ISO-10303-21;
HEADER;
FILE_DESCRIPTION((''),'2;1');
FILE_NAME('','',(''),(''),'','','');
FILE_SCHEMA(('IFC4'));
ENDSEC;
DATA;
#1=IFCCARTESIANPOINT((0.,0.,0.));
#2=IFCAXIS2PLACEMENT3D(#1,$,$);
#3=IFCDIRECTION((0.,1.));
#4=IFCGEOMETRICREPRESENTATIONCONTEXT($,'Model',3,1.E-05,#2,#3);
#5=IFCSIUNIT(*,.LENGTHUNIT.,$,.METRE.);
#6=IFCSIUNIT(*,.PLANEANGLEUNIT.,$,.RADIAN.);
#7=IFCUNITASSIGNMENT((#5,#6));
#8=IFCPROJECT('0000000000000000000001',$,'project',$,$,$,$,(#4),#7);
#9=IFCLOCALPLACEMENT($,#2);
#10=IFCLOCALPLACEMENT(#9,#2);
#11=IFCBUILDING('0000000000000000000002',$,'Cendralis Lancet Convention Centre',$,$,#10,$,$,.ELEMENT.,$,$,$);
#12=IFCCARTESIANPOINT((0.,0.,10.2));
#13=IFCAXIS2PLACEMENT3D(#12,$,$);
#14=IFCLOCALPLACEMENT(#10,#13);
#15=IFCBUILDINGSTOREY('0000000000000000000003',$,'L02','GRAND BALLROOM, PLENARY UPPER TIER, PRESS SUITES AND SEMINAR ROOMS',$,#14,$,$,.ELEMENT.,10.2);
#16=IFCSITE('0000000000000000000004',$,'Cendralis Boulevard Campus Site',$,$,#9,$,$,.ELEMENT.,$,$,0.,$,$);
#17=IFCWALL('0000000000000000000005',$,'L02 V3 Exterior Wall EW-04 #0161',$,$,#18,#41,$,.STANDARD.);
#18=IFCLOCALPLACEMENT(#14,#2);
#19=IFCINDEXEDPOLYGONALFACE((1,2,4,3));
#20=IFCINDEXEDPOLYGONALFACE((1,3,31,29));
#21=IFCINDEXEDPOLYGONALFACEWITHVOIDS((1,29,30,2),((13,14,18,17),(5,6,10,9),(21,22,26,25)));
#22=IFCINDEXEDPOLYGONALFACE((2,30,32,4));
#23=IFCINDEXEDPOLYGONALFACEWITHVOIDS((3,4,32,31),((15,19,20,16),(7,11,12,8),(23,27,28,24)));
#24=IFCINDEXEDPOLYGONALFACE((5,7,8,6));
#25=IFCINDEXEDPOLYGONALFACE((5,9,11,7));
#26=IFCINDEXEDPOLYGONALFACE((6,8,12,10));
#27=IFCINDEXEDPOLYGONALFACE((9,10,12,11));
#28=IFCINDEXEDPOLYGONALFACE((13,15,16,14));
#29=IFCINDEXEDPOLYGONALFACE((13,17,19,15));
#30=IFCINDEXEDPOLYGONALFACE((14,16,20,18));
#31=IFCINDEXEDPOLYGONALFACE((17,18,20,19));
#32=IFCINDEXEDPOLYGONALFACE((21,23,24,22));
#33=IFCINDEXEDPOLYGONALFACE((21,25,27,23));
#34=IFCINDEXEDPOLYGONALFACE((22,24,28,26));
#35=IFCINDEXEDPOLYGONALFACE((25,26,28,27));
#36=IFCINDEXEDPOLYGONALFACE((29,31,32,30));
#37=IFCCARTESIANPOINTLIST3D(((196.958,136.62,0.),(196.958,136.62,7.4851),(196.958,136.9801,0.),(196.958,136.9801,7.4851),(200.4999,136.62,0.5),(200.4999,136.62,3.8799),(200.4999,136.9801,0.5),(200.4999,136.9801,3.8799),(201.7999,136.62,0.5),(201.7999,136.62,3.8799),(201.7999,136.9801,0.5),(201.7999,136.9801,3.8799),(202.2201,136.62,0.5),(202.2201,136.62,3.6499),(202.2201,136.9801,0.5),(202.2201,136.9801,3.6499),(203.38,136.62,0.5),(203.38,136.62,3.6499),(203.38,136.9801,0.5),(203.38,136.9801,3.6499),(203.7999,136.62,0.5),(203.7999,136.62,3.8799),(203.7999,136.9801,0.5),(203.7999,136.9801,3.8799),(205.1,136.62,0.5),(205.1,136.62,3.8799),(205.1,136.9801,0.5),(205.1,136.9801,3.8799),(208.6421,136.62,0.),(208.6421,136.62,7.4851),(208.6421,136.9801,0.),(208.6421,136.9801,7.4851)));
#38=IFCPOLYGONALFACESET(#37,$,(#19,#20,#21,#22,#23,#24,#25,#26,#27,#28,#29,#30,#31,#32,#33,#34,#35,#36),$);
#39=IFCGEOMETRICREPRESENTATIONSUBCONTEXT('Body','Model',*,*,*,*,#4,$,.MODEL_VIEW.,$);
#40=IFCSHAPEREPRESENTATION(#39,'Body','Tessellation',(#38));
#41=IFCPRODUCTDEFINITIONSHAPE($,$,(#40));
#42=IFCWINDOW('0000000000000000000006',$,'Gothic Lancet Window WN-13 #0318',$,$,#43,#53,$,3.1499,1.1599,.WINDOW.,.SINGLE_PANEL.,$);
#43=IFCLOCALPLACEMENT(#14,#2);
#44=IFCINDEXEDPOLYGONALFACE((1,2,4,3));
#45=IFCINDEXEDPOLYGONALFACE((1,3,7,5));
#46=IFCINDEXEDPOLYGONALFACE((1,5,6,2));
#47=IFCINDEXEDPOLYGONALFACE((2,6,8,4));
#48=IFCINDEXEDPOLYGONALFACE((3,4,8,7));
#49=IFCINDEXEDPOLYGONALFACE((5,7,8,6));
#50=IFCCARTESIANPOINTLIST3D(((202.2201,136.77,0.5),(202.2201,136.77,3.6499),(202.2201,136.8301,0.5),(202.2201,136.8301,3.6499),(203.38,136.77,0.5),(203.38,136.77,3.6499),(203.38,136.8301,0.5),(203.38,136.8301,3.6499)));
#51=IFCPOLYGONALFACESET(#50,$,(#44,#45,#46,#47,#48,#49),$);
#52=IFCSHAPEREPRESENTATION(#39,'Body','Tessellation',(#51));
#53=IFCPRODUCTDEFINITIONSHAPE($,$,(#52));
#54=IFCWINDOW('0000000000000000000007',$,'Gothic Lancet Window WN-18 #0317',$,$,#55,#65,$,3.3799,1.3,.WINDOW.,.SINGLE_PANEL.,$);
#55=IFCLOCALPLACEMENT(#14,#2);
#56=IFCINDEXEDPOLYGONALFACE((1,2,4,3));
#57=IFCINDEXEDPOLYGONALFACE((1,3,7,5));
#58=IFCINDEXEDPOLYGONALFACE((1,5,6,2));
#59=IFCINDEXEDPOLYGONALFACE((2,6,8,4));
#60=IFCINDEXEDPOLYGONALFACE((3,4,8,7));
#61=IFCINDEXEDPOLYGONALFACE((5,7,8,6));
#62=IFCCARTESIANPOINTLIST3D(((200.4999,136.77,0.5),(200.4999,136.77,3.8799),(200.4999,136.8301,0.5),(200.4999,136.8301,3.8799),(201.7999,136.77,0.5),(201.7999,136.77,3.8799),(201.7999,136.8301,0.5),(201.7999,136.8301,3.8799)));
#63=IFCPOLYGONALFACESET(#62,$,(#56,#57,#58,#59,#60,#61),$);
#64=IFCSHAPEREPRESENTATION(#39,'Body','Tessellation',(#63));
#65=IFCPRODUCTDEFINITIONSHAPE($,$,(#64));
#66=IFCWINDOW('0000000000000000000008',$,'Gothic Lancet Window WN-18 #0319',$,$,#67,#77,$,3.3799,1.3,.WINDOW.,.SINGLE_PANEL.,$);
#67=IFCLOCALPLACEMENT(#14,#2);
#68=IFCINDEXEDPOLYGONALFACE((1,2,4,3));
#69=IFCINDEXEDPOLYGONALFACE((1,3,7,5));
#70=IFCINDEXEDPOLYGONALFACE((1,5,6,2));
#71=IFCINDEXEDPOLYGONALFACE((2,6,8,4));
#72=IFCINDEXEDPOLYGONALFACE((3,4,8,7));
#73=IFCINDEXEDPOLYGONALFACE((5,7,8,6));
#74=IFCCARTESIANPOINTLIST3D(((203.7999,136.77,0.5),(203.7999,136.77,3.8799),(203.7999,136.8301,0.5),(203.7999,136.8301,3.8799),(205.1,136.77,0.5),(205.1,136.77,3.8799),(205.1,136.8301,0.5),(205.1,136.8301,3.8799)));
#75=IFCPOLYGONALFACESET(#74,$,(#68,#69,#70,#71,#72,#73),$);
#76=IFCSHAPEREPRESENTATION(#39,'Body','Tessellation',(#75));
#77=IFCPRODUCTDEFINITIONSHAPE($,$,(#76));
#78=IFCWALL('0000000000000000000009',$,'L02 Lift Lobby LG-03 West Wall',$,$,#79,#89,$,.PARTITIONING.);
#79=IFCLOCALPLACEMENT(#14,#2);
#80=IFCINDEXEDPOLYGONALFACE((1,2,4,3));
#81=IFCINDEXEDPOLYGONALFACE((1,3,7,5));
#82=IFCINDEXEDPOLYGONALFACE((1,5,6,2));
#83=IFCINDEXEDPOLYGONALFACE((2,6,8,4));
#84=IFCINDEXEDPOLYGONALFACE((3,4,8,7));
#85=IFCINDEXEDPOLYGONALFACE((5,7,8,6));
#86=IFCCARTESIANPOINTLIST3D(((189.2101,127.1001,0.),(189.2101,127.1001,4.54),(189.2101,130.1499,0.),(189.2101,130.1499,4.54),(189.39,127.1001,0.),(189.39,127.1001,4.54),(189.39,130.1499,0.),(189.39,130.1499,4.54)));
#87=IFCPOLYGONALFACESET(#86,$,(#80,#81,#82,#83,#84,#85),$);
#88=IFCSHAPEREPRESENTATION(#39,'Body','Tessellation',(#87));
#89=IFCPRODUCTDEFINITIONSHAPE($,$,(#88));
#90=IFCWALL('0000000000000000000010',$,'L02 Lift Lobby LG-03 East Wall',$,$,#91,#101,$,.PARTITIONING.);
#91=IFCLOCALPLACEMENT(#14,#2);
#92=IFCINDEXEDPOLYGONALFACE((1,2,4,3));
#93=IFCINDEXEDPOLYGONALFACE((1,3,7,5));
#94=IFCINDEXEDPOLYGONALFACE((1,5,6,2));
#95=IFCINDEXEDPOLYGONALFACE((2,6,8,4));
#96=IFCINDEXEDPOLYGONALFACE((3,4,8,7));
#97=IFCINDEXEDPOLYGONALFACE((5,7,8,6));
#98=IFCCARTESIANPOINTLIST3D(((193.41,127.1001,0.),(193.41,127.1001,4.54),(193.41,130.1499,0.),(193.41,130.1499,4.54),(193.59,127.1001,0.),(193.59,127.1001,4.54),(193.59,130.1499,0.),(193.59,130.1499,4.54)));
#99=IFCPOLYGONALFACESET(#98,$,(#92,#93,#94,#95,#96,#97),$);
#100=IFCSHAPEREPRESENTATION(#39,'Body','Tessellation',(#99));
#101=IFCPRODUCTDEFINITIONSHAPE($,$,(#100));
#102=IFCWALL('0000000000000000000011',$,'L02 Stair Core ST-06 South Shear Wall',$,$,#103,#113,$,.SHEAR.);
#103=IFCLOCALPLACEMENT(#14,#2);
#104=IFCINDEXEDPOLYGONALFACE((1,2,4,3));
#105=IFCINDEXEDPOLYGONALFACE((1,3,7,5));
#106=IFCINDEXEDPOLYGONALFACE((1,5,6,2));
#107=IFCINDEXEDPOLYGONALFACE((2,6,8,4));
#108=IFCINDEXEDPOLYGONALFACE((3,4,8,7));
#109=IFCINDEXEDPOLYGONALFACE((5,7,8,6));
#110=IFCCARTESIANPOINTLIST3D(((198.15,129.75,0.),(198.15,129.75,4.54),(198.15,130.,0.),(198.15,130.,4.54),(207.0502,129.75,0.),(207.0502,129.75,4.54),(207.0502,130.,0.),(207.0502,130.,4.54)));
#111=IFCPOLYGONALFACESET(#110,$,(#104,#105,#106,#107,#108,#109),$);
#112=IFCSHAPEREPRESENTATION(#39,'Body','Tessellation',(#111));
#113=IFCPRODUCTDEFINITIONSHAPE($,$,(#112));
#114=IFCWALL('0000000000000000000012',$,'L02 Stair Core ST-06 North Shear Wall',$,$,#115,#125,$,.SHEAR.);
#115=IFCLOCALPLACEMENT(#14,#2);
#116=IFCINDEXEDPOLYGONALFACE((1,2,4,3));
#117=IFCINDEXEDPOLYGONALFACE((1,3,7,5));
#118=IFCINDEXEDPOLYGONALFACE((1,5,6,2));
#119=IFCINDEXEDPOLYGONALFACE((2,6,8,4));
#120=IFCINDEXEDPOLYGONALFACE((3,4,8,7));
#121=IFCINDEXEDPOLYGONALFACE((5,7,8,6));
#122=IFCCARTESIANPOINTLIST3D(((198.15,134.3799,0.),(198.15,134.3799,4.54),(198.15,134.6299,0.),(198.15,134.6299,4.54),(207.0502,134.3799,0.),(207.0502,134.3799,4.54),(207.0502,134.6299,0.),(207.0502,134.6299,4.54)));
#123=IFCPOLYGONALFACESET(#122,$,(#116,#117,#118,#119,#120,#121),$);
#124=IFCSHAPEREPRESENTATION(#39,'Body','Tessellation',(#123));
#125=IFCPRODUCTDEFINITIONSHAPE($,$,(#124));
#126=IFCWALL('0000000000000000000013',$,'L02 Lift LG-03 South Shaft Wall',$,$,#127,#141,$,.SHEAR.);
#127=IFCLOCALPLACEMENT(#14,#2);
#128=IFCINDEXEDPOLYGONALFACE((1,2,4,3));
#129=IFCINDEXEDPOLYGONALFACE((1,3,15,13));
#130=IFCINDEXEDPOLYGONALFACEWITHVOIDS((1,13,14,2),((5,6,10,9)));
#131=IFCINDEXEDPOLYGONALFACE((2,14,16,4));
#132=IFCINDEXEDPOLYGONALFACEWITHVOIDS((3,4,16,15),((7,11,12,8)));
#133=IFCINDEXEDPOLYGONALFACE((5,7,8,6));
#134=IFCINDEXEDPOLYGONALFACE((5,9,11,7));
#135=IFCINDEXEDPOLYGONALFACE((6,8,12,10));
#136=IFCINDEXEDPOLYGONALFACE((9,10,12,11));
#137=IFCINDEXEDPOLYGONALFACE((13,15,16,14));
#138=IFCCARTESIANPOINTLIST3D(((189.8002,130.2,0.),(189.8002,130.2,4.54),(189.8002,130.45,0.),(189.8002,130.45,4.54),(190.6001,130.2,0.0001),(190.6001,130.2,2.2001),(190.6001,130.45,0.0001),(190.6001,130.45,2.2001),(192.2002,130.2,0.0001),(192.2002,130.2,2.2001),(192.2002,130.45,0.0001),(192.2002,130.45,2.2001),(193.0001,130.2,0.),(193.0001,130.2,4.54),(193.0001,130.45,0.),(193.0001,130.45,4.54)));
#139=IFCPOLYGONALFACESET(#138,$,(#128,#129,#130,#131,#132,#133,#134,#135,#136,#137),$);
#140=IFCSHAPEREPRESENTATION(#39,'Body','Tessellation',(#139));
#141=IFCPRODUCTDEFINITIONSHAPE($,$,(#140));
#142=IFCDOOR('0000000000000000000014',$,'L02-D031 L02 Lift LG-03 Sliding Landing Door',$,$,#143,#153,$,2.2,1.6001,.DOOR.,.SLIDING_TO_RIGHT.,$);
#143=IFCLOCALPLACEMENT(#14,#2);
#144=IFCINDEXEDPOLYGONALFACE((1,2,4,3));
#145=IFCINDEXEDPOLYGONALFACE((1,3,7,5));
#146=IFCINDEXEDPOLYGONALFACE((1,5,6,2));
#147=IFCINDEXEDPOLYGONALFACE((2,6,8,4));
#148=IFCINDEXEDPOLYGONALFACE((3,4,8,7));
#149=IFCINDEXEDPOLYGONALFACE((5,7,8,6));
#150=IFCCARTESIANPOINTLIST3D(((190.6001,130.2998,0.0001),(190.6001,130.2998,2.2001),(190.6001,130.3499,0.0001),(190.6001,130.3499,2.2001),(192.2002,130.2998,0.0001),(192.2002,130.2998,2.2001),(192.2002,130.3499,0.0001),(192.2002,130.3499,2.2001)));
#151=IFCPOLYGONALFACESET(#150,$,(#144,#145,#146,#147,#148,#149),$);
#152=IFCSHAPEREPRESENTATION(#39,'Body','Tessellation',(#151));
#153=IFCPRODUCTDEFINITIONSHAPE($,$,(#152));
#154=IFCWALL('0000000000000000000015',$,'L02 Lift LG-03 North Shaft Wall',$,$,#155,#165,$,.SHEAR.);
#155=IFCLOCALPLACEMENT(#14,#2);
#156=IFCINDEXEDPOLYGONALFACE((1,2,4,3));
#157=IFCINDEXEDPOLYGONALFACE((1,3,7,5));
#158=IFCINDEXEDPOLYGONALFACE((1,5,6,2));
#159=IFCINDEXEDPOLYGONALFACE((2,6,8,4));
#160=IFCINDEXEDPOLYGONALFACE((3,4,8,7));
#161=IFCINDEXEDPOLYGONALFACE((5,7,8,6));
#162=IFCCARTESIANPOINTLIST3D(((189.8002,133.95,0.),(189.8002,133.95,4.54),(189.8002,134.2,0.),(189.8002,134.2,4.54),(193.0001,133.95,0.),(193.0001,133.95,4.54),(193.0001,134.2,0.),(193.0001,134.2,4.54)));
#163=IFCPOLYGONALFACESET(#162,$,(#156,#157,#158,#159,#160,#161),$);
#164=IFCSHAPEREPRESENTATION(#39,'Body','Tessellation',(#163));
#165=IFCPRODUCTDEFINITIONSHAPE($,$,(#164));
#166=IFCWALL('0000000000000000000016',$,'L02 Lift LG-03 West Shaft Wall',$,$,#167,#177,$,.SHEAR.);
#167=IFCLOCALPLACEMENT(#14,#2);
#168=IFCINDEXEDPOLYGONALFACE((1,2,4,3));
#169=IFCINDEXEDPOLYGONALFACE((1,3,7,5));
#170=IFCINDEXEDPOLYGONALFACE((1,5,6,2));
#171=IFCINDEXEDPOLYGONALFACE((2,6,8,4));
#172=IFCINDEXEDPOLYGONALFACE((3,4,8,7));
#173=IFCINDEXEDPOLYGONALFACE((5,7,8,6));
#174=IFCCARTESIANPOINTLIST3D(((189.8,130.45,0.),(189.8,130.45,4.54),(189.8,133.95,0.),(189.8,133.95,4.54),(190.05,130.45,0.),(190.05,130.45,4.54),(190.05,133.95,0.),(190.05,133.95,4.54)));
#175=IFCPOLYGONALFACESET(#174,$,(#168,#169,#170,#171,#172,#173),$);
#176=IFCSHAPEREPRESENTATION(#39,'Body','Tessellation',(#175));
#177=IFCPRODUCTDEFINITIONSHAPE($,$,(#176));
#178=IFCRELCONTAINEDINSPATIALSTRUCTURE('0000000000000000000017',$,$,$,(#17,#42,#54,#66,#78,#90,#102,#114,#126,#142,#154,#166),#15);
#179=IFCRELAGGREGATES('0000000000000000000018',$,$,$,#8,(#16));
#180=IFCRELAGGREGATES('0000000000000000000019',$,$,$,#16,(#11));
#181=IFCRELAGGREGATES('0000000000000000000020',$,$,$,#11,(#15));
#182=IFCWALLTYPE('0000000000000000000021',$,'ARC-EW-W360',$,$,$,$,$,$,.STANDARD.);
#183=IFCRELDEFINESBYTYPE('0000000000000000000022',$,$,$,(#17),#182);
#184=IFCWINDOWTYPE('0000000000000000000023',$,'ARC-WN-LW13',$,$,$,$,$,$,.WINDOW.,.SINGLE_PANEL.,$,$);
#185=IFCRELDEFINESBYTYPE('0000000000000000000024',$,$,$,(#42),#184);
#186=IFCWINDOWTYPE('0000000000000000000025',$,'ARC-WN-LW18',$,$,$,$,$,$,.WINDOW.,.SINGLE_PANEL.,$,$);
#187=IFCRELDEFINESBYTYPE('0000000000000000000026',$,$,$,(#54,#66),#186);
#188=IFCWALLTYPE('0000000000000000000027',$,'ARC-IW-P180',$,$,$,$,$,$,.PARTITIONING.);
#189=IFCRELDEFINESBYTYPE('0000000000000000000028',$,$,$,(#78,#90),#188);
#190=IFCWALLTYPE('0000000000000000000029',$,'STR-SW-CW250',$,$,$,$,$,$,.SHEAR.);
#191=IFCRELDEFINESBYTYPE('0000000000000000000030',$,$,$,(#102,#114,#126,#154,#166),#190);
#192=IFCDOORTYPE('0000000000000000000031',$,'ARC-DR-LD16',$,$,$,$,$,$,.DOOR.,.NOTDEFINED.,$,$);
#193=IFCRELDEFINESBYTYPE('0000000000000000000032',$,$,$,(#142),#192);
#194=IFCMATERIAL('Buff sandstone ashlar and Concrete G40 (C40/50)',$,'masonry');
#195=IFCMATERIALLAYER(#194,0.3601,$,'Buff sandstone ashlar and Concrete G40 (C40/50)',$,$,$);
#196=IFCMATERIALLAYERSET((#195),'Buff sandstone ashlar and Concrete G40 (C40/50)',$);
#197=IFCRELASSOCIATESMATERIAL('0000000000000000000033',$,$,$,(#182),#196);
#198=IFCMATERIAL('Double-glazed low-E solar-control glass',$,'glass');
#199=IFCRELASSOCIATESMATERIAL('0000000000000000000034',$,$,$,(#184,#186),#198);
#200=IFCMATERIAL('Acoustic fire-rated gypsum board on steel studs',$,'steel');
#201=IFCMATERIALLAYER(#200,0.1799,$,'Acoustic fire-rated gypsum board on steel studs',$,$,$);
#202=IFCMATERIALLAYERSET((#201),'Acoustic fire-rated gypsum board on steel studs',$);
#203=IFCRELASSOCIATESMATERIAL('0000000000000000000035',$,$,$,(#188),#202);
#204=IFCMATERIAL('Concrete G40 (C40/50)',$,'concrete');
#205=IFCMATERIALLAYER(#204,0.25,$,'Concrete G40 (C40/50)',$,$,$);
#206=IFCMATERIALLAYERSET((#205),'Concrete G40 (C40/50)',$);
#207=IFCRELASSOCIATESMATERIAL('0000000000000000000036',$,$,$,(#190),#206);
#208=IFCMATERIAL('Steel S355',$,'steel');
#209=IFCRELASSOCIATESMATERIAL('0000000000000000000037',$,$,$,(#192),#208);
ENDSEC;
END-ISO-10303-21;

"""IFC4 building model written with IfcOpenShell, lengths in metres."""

from ifc_helpers import new_model, si_unit, direction, frame, frame_2d, origin, place, context, subcontext, project, spatial, rectangle, extrude, material, layer, layer_set, type_object, element, fill, save


model = new_model("IFC4")

# Units and contexts
model_context = context("Model", 3, precision=1e-05, world=origin(), true_north=direction((0.0, 1.0)))
body_context = subcontext(model_context, "Body", "Model", "MODEL_VIEW")
ifc_project = project(units=[si_unit("LENGTHUNIT", "METRE"), si_unit("PLANEANGLEUNIT", "RADIAN")], contexts=[model_context])

# Site, building, storey
site_placement = place(None, origin())
site = spatial("IfcSite", under=ifc_project, at=site_placement, Name="Cendralis Boulevard Campus Site", CompositionType="ELEMENT", RefElevation=0.0)
building_placement = place(site_placement, origin())
building = spatial("IfcBuilding", under=site, at=building_placement, Name="Cendralis Lancet Convention Centre", CompositionType="ELEMENT")
storey_placement = place(building_placement, frame((0.0, 0.0, 10.2)))
storey = spatial("IfcBuildingStorey", under=building, at=storey_placement, Name="L02", Description="GRAND BALLROOM, PLENARY UPPER TIER, PRESS SUITES AND SEMINAR ROOMS", CompositionType="ELEMENT", Elevation=10.2)

# Shared definitions
ifc_material_1 = material(Name="Steel S355", Category="steel")

# Shared definitions
ifc_material_2 = material(Name="Concrete G40 (C40/50)", Category="concrete")

# Shared definitions
ifc_material_3 = material(Name="Double-glazed low-E solar-control glass", Category="glass")

# Wall, openings, windows
ifc_material_4 = material(Name="Buff sandstone ashlar and Concrete G40 (C40/50)", Category="masonry")
ifc_layer_1 = layer(ifc_material_4, 0.3601, Name="Buff sandstone ashlar and Concrete G40 (C40/50)")
ifc_layer_set_1 = layer_set([ifc_layer_1], Name="Buff sandstone ashlar and Concrete G40 (C40/50)")
wall_type_1 = type_object("IfcWallType", Name="ARC-EW-W360", PredefinedType="STANDARD", material=ifc_layer_set_1)
wall_1_placement = place(storey_placement, frame((196.958, 136.8, 0.0), z_axis=(0.0, 0.0, 1.0), x_axis=(1.0, 0.0, 0.0)))
wall_1 = element("IfcWall", 1, at=wall_1_placement, inside=storey, type_object=wall_type_1, Name="L02 V3 Exterior Wall EW-04 #0161", PredefinedType="STANDARD", context=body_context, shape_type="SweptSolid", body=[
    extrude(rectangle(XDim=11.6841, YDim=0.3601, at=frame_2d((5.842, 0.0))), origin(), (0.0, 0.0, 1.0), 7.4851),
])
opening_1_placement = place(wall_1_placement, frame((3.542, 0.0, 0.5)))
opening_1 = element("IfcOpeningElement", 2, at=opening_1_placement, cuts=wall_1, PredefinedType="OPENING", context=body_context, shape_type="SweptSolid", body=[
    extrude(rectangle(XDim=1.3, YDim=3.3799, at=frame_2d((0.6499, 1.6899))), frame((0.0, 0.1899, 0.0), z_axis=(0.0, -1.0, 0.0), x_axis=(1.0, 0.0, 0.0)), (0.0, 0.0, 1.0), 0.3801),
])
opening_2_placement = place(wall_1_placement, frame((5.262, 0.0, 0.5)))
opening_2 = element("IfcOpeningElement", 3, at=opening_2_placement, cuts=wall_1, PredefinedType="OPENING", context=body_context, shape_type="SweptSolid", body=[
    extrude(rectangle(XDim=1.1599, YDim=3.1499, at=frame_2d((0.5801, 1.575))), frame((0.0, 0.1899, 0.0), z_axis=(0.0, -1.0, 0.0), x_axis=(1.0, 0.0, 0.0)), (0.0, 0.0, 1.0), 0.3801),
])
opening_3_placement = place(wall_1_placement, frame((6.842, 0.0, 0.5)))
opening_3 = element("IfcOpeningElement", 4, at=opening_3_placement, cuts=wall_1, PredefinedType="OPENING", context=body_context, shape_type="SweptSolid", body=[
    extrude(rectangle(XDim=1.3, YDim=3.3799, at=frame_2d((0.6499, 1.6899))), frame((0.0, 0.1899, 0.0), z_axis=(0.0, -1.0, 0.0), x_axis=(1.0, 0.0, 0.0)), (0.0, 0.0, 1.0), 0.3801),
])
window_type_1 = type_object("IfcWindowType", Name="ARC-WN-LW13", PartitioningType="SINGLE_PANEL", PredefinedType="WINDOW", material=ifc_material_3)
window_1_placement = place(opening_2_placement, origin())
window_1 = element("IfcWindow", 5, at=window_1_placement, inside=storey, type_object=window_type_1, Name="Gothic Lancet Window WN-13 #0318", OverallHeight=3.1499, OverallWidth=1.1599, PartitioningType="SINGLE_PANEL", PredefinedType="WINDOW", context=body_context, shape_type="SweptSolid", body=[
    extrude(rectangle(XDim=1.1599, YDim=3.1499, at=frame_2d((0.5801, 1.575))), frame((0.0, 0.03, 0.0), z_axis=(0.0, -1.0, 0.0), x_axis=(1.0, 0.0, 0.0)), (0.0, 0.0, 1.0), 0.0601),
])
fill(opening_2, window_1)
window_type_2 = type_object("IfcWindowType", Name="ARC-WN-LW18", PartitioningType="SINGLE_PANEL", PredefinedType="WINDOW", material=ifc_material_3)
window_2_placement = place(opening_1_placement, origin())
window_2 = element("IfcWindow", 6, at=window_2_placement, inside=storey, type_object=window_type_2, Name="Gothic Lancet Window WN-18 #0317", OverallHeight=3.3799, OverallWidth=1.3, PartitioningType="SINGLE_PANEL", PredefinedType="WINDOW", context=body_context, shape_type="SweptSolid", body=[
    extrude(rectangle(XDim=1.3, YDim=3.3799, at=frame_2d((0.6499, 1.6899))), frame((0.0, 0.03, 0.0), z_axis=(0.0, -1.0, 0.0), x_axis=(1.0, 0.0, 0.0)), (0.0, 0.0, 1.0), 0.0601),
])
fill(opening_1, window_2)
window_3_placement = place(opening_3_placement, origin())
window_3 = element("IfcWindow", 7, at=window_3_placement, inside=storey, type_object=window_type_2, Name="Gothic Lancet Window WN-18 #0319", OverallHeight=3.3799, OverallWidth=1.3, PartitioningType="SINGLE_PANEL", PredefinedType="WINDOW", context=body_context, shape_type="SweptSolid", body=[
    extrude(rectangle(XDim=1.3, YDim=3.3799, at=frame_2d((0.6499, 1.6899))), frame((0.0, 0.03, 0.0), z_axis=(0.0, -1.0, 0.0), x_axis=(1.0, 0.0, 0.0)), (0.0, 0.0, 1.0), 0.0601),
])
fill(opening_3, window_3)

# Shared definitions
ifc_material_5 = material(Name="Acoustic fire-rated gypsum board on steel studs", Category="steel")
ifc_layer_2 = layer(ifc_material_5, 0.1799, Name="Acoustic fire-rated gypsum board on steel studs")
ifc_layer_set_2 = layer_set([ifc_layer_2], Name="Acoustic fire-rated gypsum board on steel studs")
wall_type_2 = type_object("IfcWallType", Name="ARC-IW-P180", PredefinedType="PARTITIONING", material=ifc_layer_set_2)

# Walls
for number, where, z_axis, x_axis, name in (
    (8, (189.3, 127.1001, 0.0), (0.0, 0.0, 1.0), (0.0, 1.0, 0.0), "L02 Lift Lobby LG-03 West Wall"),
    (9, (193.5, 127.1001, 0.0), (0.0, 0.0, 1.0), (0.0, 1.0, 0.0), "L02 Lift Lobby LG-03 East Wall"),
):
    element("IfcWall", number, at=place(storey_placement, frame(where, z_axis=z_axis, x_axis=x_axis)), inside=storey, type_object=wall_type_2, Name=name, PredefinedType="PARTITIONING", context=body_context, shape_type="SweptSolid", body=[
        extrude(rectangle(XDim=3.0498, YDim=0.1799, at=frame_2d((1.5249, 0.0))), origin(), (0.0, 0.0, 1.0), 4.54),
    ])

# Shared definitions
ifc_layer_3 = layer(ifc_material_2, 0.25, Name="Concrete G40 (C40/50)")
ifc_layer_set_3 = layer_set([ifc_layer_3], Name="Concrete G40 (C40/50)")
wall_type_3 = type_object("IfcWallType", Name="STR-SW-CW250", PredefinedType="SHEAR", material=ifc_layer_set_3)

# Walls
for number, where, z_axis, x_axis, name in (
    (10, (198.1499, 129.875, 0.0), (0.0, 0.0, 1.0), (1.0, 0.0, 0.0), "L02 Stair Core ST-06 South Shear Wall"),
    (11, (198.1499, 134.5049, 0.0), (0.0, 0.0, 1.0), (1.0, 0.0, 0.0), "L02 Stair Core ST-06 North Shear Wall"),
):
    element("IfcWall", number, at=place(storey_placement, frame(where, z_axis=z_axis, x_axis=x_axis)), inside=storey, type_object=wall_type_3, Name=name, PredefinedType="SHEAR", context=body_context, shape_type="SweptSolid", body=[
        extrude(rectangle(XDim=8.9001, YDim=0.25, at=frame_2d((4.4502, 0.0))), origin(), (0.0, 0.0, 1.0), 4.54),
    ])

# Wall, opening, door
wall_2_placement = place(storey_placement, frame((189.8, 130.325, 0.0), z_axis=(0.0, 0.0, 1.0), x_axis=(1.0, 0.0, 0.0)))
wall_2 = element("IfcWall", 12, at=wall_2_placement, inside=storey, type_object=wall_type_3, Name="L02 Lift LG-03 South Shaft Wall", PredefinedType="SHEAR", context=body_context, shape_type="SweptSolid", body=[
    extrude(rectangle(XDim=3.2, YDim=0.25, at=frame_2d((1.6001, 0.0))), origin(), (0.0, 0.0, 1.0), 4.54),
])
opening_4_placement = place(wall_2_placement, frame((0.8, 0.0, 0.0)))
opening_4 = element("IfcOpeningElement", 13, at=opening_4_placement, cuts=wall_2, PredefinedType="OPENING", context=body_context, shape_type="SweptSolid", body=[
    extrude(rectangle(XDim=1.6001, YDim=2.2, at=frame_2d((0.8, 1.1001))), frame((0.0, 0.135, 0.0), z_axis=(0.0, -1.0, 0.0), x_axis=(1.0, 0.0, 0.0)), (0.0, 0.0, 1.0), 0.27),
])
door_type_1 = type_object("IfcDoorType", Name="ARC-DR-LD16", OperationType="NOTDEFINED", PredefinedType="DOOR", material=ifc_material_1)
door_1_placement = place(opening_4_placement, origin())
door_1 = element("IfcDoor", 14, at=door_1_placement, inside=storey, type_object=door_type_1, Name="L02-D031 L02 Lift LG-03 Sliding Landing Door", OperationType="SLIDING_TO_RIGHT", OverallHeight=2.2, OverallWidth=1.6001, PredefinedType="DOOR", context=body_context, shape_type="SweptSolid", body=[
    extrude(rectangle(XDim=1.6001, YDim=2.2, at=frame_2d((0.8, 1.1001))), frame((0.0, 0.0249, 0.0), z_axis=(0.0, -1.0, 0.0), x_axis=(1.0, 0.0, 0.0)), (0.0, 0.0, 1.0), 0.05),
])
fill(opening_4, door_1)

# Walls
wall_3_placement = place(storey_placement, frame((189.8, 134.075, 0.0), z_axis=(0.0, 0.0, 1.0), x_axis=(1.0, 0.0, 0.0)))
element("IfcWall", 15, at=wall_3_placement, inside=storey, type_object=wall_type_3, Name="L02 Lift LG-03 North Shaft Wall", PredefinedType="SHEAR", context=body_context, shape_type="SweptSolid", body=[
    extrude(rectangle(XDim=3.2, YDim=0.25, at=frame_2d((1.6001, 0.0))), origin(), (0.0, 0.0, 1.0), 4.54),
])
for number, where, z_axis, x_axis, name in (
    (16, (189.925, 130.45, 0.0), (0.0, 0.0, 1.0), (0.0, 1.0, 0.0), "L02 Lift LG-03 West Shaft Wall"),
):
    element("IfcWall", number, at=place(storey_placement, frame(where, z_axis=z_axis, x_axis=x_axis)), inside=storey, type_object=wall_type_3, Name=name, PredefinedType="SHEAR", context=body_context, shape_type="SweptSolid", body=[
        extrude(rectangle(XDim=3.5, YDim=0.25, at=frame_2d((1.75, 0.0))), origin(), (0.0, 0.0, 1.0), 4.54),
    ])

save(model, "model.ifc")
